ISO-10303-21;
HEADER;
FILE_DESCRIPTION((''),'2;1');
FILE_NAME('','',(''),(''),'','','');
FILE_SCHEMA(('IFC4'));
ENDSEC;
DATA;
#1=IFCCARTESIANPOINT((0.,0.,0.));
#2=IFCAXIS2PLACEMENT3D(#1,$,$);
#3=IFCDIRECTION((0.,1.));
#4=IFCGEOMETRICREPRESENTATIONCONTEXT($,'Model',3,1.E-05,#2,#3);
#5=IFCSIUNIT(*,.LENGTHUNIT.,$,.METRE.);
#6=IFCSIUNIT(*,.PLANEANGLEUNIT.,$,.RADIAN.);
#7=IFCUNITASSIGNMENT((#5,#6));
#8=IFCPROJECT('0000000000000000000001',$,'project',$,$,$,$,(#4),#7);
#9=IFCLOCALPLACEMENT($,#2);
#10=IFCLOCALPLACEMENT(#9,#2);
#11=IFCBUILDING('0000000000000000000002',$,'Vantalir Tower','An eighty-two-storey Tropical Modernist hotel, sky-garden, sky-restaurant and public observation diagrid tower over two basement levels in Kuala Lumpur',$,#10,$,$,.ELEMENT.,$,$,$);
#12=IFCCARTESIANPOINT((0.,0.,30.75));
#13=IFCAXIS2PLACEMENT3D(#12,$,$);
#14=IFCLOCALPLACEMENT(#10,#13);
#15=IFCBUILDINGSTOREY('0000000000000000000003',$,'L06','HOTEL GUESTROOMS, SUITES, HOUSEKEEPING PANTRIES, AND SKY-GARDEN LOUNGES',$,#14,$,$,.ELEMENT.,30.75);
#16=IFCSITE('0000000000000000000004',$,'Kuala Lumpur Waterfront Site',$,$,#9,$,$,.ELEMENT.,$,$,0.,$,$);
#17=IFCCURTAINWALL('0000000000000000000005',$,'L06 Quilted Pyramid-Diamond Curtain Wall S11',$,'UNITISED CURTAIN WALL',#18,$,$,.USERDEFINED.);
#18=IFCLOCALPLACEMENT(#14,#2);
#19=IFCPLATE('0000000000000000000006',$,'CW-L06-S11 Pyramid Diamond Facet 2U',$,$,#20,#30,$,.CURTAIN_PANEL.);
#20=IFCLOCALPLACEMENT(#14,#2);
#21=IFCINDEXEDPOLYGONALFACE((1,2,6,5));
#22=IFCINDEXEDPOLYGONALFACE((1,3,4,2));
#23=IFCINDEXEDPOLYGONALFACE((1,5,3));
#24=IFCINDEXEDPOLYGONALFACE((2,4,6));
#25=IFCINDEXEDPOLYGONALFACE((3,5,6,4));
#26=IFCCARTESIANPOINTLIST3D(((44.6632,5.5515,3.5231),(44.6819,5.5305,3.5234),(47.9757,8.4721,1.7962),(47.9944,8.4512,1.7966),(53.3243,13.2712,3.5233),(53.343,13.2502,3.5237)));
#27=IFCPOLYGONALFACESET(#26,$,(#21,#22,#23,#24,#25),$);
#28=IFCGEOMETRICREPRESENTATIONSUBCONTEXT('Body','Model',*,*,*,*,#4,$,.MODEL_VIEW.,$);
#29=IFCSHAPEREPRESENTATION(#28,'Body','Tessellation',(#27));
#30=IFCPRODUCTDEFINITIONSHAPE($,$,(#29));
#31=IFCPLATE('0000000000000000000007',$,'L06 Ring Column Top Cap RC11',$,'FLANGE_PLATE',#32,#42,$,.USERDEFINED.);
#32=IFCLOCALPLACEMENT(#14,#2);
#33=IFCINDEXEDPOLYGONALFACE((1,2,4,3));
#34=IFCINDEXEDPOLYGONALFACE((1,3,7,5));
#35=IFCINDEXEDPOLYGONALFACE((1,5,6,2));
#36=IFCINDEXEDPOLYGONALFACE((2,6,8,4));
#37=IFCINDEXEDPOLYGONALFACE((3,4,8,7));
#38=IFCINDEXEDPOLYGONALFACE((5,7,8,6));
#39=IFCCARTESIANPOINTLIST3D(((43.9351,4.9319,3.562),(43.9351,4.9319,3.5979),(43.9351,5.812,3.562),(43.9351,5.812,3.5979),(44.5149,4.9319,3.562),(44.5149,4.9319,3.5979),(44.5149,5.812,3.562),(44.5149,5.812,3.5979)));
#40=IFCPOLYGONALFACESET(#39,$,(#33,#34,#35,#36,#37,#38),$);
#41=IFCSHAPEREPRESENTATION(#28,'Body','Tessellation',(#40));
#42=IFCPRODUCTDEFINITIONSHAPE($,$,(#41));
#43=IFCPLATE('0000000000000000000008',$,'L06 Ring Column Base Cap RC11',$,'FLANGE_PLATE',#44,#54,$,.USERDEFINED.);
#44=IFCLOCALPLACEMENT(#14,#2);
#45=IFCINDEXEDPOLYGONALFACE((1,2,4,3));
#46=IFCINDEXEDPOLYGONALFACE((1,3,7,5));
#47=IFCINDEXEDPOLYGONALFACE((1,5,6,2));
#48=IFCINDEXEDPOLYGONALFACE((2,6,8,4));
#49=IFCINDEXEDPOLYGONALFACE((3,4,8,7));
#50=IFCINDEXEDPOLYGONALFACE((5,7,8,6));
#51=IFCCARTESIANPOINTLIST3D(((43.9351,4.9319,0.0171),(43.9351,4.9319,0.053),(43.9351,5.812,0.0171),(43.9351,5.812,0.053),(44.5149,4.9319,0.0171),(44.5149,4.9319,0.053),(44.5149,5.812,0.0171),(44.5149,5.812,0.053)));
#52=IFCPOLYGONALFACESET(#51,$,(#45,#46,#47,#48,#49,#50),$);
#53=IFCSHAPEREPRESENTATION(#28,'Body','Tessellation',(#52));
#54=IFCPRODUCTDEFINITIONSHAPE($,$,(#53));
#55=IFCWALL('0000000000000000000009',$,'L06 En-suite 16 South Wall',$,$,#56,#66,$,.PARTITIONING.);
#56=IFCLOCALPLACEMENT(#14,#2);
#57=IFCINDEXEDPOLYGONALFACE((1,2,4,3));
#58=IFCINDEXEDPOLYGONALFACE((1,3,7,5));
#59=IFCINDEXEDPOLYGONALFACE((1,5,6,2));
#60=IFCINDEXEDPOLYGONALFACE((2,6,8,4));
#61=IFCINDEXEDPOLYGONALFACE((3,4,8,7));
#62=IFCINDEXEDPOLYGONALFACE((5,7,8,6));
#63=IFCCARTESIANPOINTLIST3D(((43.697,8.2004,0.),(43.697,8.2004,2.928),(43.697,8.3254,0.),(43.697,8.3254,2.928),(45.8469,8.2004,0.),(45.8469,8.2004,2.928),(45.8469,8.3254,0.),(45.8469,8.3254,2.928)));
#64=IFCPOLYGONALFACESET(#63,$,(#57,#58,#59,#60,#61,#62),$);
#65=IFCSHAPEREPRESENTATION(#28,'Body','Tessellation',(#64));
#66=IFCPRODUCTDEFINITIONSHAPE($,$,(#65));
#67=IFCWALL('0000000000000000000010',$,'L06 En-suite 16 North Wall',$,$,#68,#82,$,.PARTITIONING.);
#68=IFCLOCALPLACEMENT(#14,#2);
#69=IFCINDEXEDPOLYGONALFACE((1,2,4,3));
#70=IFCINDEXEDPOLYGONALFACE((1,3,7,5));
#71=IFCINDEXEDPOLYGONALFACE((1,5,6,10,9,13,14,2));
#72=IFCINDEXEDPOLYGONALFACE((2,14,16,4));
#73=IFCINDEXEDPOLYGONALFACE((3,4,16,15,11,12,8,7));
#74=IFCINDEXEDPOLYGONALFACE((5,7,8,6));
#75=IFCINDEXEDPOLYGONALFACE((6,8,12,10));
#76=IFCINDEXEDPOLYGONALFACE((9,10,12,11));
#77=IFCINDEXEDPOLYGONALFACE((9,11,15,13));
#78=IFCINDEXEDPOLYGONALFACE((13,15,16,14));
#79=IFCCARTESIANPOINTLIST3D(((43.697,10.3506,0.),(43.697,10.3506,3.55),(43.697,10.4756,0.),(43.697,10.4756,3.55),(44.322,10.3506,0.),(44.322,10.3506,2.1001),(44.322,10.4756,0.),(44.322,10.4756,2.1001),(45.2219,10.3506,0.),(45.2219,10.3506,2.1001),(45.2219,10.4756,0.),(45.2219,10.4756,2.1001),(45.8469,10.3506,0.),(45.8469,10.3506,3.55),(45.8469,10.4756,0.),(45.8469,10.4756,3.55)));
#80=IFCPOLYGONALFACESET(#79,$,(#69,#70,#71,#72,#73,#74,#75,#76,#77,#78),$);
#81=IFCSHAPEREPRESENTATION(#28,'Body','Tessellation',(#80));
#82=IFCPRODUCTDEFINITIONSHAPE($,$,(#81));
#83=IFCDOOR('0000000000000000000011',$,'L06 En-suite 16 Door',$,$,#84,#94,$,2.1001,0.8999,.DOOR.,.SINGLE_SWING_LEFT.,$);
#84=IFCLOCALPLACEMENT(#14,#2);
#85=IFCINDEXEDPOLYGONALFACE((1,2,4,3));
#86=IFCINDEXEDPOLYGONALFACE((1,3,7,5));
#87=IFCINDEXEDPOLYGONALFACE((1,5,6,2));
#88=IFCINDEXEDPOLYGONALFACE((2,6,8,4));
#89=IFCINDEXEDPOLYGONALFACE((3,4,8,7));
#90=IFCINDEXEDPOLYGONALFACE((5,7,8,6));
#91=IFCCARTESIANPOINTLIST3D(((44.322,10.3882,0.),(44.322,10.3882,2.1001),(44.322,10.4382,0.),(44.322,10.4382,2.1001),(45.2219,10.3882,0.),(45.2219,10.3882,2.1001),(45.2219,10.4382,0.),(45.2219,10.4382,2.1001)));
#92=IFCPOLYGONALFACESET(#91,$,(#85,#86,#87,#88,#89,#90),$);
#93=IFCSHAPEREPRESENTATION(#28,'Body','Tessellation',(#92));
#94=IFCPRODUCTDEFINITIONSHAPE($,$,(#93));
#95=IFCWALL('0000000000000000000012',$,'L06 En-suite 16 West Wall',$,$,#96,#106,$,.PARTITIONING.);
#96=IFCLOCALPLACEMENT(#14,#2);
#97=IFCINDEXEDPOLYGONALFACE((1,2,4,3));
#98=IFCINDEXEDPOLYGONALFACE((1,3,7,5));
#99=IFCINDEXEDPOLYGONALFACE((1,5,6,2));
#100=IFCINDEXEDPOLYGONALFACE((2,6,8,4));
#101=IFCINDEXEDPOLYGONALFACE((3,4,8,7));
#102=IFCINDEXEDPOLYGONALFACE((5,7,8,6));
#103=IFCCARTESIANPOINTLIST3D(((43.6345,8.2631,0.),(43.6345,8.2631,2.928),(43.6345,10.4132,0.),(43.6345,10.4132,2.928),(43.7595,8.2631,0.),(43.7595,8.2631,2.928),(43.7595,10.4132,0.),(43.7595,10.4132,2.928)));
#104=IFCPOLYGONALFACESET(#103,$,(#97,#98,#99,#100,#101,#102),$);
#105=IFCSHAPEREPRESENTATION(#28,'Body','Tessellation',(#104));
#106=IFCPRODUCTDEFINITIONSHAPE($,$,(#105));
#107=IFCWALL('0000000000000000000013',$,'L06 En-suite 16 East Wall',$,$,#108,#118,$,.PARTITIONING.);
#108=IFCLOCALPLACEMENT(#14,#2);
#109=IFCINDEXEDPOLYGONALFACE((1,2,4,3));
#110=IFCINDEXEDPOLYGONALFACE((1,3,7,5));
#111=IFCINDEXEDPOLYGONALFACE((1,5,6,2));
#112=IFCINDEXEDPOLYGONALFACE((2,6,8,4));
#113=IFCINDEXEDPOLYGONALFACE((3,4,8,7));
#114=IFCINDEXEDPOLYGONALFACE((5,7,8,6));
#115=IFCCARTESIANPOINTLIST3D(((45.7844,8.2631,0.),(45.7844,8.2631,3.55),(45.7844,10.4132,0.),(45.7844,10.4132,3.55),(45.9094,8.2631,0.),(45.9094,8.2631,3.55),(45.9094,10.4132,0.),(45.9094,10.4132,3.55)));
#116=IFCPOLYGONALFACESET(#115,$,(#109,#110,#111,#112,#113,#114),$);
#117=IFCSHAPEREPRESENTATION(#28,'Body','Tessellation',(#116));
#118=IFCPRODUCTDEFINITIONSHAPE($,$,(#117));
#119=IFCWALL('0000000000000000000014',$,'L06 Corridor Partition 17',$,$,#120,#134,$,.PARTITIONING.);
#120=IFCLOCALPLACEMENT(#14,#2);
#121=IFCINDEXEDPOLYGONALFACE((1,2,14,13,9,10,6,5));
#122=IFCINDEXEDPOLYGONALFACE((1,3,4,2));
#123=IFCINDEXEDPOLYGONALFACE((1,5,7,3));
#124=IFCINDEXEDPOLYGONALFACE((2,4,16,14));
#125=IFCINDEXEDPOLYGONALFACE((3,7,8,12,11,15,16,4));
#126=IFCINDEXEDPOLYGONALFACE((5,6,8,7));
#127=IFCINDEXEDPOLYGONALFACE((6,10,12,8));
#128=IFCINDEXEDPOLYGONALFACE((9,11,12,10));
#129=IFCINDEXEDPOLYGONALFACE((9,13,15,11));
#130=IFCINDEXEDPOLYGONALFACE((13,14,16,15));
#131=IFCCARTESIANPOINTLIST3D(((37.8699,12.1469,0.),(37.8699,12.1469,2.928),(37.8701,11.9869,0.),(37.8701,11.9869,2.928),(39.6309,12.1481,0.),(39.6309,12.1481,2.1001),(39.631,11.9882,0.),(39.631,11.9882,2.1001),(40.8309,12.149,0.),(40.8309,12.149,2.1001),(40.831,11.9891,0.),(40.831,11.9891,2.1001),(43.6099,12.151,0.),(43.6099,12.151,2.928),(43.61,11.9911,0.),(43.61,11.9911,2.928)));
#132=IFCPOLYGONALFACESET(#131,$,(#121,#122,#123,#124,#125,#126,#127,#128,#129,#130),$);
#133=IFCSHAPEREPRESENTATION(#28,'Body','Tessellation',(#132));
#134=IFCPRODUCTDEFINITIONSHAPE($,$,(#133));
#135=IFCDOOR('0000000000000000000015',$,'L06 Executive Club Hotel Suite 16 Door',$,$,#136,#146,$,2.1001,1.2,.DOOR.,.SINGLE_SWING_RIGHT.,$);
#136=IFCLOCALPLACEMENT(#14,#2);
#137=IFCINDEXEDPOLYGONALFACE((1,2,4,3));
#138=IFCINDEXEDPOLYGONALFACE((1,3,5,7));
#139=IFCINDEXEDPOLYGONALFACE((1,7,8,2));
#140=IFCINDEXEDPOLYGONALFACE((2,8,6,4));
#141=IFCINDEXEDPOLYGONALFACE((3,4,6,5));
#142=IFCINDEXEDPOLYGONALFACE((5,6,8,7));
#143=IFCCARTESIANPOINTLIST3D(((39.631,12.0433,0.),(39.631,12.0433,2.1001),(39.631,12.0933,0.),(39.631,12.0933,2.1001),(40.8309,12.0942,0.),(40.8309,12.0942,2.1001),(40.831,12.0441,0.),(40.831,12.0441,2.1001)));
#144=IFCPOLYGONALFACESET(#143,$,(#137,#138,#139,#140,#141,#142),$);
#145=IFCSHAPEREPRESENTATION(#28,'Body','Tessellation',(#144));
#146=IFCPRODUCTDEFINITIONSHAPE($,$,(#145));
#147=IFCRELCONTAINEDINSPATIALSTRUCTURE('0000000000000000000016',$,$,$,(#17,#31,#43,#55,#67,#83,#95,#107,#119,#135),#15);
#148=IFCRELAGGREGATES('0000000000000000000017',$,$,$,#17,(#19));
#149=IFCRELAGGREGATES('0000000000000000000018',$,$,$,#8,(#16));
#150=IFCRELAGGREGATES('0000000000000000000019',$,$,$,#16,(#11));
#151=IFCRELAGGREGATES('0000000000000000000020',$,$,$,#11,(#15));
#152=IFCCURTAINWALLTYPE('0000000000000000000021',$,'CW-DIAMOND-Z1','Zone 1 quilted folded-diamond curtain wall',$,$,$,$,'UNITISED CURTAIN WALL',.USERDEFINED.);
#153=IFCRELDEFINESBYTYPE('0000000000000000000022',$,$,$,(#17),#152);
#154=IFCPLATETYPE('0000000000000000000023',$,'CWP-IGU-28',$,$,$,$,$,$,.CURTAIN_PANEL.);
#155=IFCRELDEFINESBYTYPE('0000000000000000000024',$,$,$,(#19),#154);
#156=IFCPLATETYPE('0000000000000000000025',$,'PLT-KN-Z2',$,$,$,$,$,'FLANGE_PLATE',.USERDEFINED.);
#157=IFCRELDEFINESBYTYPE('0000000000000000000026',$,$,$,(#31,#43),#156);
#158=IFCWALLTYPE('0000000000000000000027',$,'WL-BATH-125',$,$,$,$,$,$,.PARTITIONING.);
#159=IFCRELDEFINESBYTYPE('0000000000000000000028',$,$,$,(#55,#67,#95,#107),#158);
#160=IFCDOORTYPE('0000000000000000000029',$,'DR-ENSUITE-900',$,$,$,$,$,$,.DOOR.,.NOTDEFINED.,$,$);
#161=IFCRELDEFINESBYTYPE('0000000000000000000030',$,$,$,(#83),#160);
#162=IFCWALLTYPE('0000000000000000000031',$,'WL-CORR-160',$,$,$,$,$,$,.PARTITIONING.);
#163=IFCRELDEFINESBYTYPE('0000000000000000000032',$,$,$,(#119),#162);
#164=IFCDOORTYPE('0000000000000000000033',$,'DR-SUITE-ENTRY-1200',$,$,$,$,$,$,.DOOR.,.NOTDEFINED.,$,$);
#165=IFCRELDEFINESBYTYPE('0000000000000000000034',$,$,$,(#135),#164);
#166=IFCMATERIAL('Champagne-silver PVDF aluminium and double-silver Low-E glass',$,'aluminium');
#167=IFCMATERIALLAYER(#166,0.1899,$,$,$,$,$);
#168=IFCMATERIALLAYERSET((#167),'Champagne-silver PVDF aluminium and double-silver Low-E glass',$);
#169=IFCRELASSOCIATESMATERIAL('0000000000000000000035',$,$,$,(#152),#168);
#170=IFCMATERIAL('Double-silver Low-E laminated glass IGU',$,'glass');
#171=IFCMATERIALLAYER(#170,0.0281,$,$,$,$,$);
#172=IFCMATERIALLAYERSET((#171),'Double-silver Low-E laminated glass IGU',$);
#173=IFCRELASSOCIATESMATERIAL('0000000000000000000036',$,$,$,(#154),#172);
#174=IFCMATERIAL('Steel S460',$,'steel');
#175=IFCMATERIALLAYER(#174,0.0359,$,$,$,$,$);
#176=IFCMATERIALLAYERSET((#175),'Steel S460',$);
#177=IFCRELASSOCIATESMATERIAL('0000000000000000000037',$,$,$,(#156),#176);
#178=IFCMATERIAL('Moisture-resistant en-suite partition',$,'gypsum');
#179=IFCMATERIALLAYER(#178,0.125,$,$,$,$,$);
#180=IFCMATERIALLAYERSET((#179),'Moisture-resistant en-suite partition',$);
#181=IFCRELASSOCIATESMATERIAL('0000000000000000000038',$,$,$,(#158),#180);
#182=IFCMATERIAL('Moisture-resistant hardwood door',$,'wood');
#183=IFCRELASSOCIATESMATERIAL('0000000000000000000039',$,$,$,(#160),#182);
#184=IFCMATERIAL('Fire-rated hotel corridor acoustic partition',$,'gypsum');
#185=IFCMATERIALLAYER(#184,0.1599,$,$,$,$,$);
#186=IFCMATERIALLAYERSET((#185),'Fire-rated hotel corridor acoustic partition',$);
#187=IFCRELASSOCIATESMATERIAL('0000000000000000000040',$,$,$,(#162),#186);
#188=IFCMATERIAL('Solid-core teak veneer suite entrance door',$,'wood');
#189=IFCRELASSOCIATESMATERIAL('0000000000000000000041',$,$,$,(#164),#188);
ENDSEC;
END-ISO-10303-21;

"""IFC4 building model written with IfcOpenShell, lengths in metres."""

from ifc_helpers import new_model, si_unit, direction, frame, frame_2d, origin, place, context, subcontext, project, spatial, polyline, rectangle, outline, extrude, material, layer, layer_set, type_object, element, fill, aggregate, save


model = new_model("IFC4")

# Units and contexts
model_context = context("Model", 3, precision=1e-05, world=origin(), true_north=direction((0.0, 1.0)))
body_context = subcontext(model_context, "Body", "Model", "MODEL_VIEW")
ifc_project = project(units=[si_unit("LENGTHUNIT", "METRE"), si_unit("PLANEANGLEUNIT", "RADIAN")], contexts=[model_context])

# Site, building, storey
site_placement = place(None, origin())
site = spatial("IfcSite", under=ifc_project, at=site_placement, Name="Kuala Lumpur Waterfront Site", CompositionType="ELEMENT", RefElevation=0.0)
building_placement = place(site_placement, origin())
building = spatial("IfcBuilding", under=site, at=building_placement, Name="Vantalir Tower", Description="An eighty-two-storey Tropical Modernist hotel, sky-garden, sky-restaurant and public observation diagrid tower over two basement levels in Kuala Lumpur", CompositionType="ELEMENT")
storey_placement = place(building_placement, frame((0.0, 0.0, 30.75)))
storey = spatial("IfcBuildingStorey", under=building, at=storey_placement, Name="L06", Description="HOTEL GUESTROOMS, SUITES, HOUSEKEEPING PANTRIES, AND SKY-GARDEN LOUNGES", CompositionType="ELEMENT", Elevation=30.75)

# Shared definitions
ifc_material_1 = material(Name="Steel S460", Category="steel")

# Shared definitions
ifc_material_2 = material(Name="Champagne-silver PVDF aluminium and double-silver Low-E glass", Category="aluminium")
ifc_layer_1 = layer(ifc_material_2, 0.1899)
ifc_layer_set_1 = layer_set([ifc_layer_1], Name="Champagne-silver PVDF aluminium and double-silver Low-E glass")
curtain_wall_type = type_object("IfcCurtainWallType", Name="CW-DIAMOND-Z1", Description="Zone 1 quilted folded-diamond curtain wall", ElementType="UNITISED CURTAIN WALL", PredefinedType="USERDEFINED", material=ifc_layer_set_1)

# Curtain wall
curtain_wall_1_placement = place(storey_placement, origin())
curtain_wall_1 = element("IfcCurtainWall", 1, at=curtain_wall_1_placement, inside=storey, type_object=curtain_wall_type, Name="L06 Quilted Pyramid-Diamond Curtain Wall S11", ObjectType="UNITISED CURTAIN WALL", PredefinedType="USERDEFINED")

# Plate
ifc_material_3 = material(Name="Double-silver Low-E laminated glass IGU", Category="glass")
ifc_layer_2 = layer(ifc_material_3, 0.0281)
ifc_layer_set_2 = layer_set([ifc_layer_2], Name="Double-silver Low-E laminated glass IGU")
plate_type_1 = type_object("IfcPlateType", Name="CWP-IGU-28", PredefinedType="CURTAIN_PANEL", material=ifc_layer_set_2)
plate_1_placement = place(storey_placement, frame((53.343, 13.2502, 3.5237), z_axis=(0.665308, -0.746442, 0.013745), x_axis=(-0.746512, -0.665372, -0.000021)))
plate_1 = element("IfcPlate", 2, at=plate_1_placement, type_object=plate_type_1, Name="CW-L06-S11 Pyramid Diamond Facet 2U", PredefinedType="CURTAIN_PANEL", context=body_context, shape_type="SweptSolid", body=[
    extrude(outline(polyline([(0.0, 0.0), (11.6021, 0.0), (7.186, 1.7271), (0.0, 0.0)])), origin(), (0.0, 0.0, -1.0), 0.0281),
])
aggregate(curtain_wall_1, [plate_1])

# Plates
ifc_layer_3 = layer(ifc_material_1, 0.0359)
ifc_layer_set_3 = layer_set([ifc_layer_3], Name="Steel S460")
plate_type_2 = type_object("IfcPlateType", Name="PLT-KN-Z2", ElementType="FLANGE_PLATE", PredefinedType="USERDEFINED", material=ifc_layer_set_3)
for number, where, z_axis, x_axis, name in (
    (3, (43.9351, 5.812, 3.5979), (0.0, 0.0, 1.0), (0.0, -1.0, 0.0), "L06 Ring Column Top Cap RC11"),
    (4, (43.9351, 5.812, 0.053), (0.0, 0.0, 1.0), (0.0, -1.0, 0.0), "L06 Ring Column Base Cap RC11"),
):
    element("IfcPlate", number, at=place(storey_placement, frame(where, z_axis=z_axis, x_axis=x_axis)), inside=storey, type_object=plate_type_2, Name=name, ObjectType="FLANGE_PLATE", PredefinedType="USERDEFINED", context=body_context, shape_type="SweptSolid", body=[
        extrude(outline(polyline([(0.0, 0.0), (0.8801, 0.0), (0.8801, 0.5798), (0.0, 0.5798), (0.0, 0.0)])), origin(), (0.0, 0.0, -1.0), 0.0359),
    ])

# Wall
ifc_material_4 = material(Name="Moisture-resistant en-suite partition", Category="gypsum")
ifc_layer_4 = layer(ifc_material_4, 0.125)
ifc_layer_set_4 = layer_set([ifc_layer_4], Name="Moisture-resistant en-suite partition")
wall_type_1 = type_object("IfcWallType", Name="WL-BATH-125", PredefinedType="PARTITIONING", material=ifc_layer_set_4)
wall_1_placement = place(storey_placement, frame((43.697, 8.2629, 0.0), z_axis=(0.0, 0.0, 1.0), x_axis=(1.0, 0.0, 0.0)))
element("IfcWall", 5, at=wall_1_placement, inside=storey, type_object=wall_type_1, Name="L06 En-suite 16 South Wall", PredefinedType="PARTITIONING", context=body_context, shape_type="SweptSolid", body=[
    extrude(rectangle(XDim=2.1499, YDim=0.125, at=frame_2d((1.075, 0.0))), origin(), (0.0, 0.0, 1.0), 2.928),
])

# Wall, opening, door
wall_2_placement = place(storey_placement, frame((43.697, 10.4131, 0.0), z_axis=(0.0, 0.0, 1.0), x_axis=(1.0, 0.0, 0.0)))
wall_2 = element("IfcWall", 6, at=wall_2_placement, inside=storey, type_object=wall_type_1, Name="L06 En-suite 16 North Wall", PredefinedType="PARTITIONING", context=body_context, shape_type="SweptSolid", body=[
    extrude(rectangle(XDim=2.1499, YDim=0.125, at=frame_2d((1.075, 0.0))), origin(), (0.0, 0.0, 1.0), 3.55),
])
opening_1_placement = place(wall_2_placement, frame((0.625, 0.0, 0.0)))
opening_1 = element("IfcOpeningElement", 7, at=opening_1_placement, cuts=wall_2, PredefinedType="OPENING", context=body_context, shape_type="SweptSolid", body=[
    extrude(rectangle(XDim=0.8999, YDim=2.1001, at=frame_2d((0.45, 1.05))), frame((0.0, 0.0725, 0.0), z_axis=(0.0, -1.0, 0.0), x_axis=(1.0, 0.0, 0.0)), (0.0, 0.0, 1.0), 0.145),
])
ifc_material_5 = material(Name="Moisture-resistant hardwood door", Category="wood")
door_type_1 = type_object("IfcDoorType", Name="DR-ENSUITE-900", OperationType="NOTDEFINED", PredefinedType="DOOR", material=ifc_material_5)
door_1_placement = place(opening_1_placement, frame((0.8999, 0.0, 0.0), z_axis=(0.0, 0.0, 1.0), x_axis=(-1.0, 0.0, 0.0)))
door_1 = element("IfcDoor", 8, at=door_1_placement, inside=storey, type_object=door_type_1, Name="L06 En-suite 16 Door", OperationType="SINGLE_SWING_LEFT", OverallHeight=2.1001, OverallWidth=0.8999, PredefinedType="DOOR", context=body_context, shape_type="SweptSolid", body=[
    extrude(rectangle(XDim=0.8999, YDim=2.1001, at=frame_2d((0.45, 1.05))), frame((0.0, 0.0249, 0.0), z_axis=(0.0, -1.0, 0.0), x_axis=(1.0, 0.0, 0.0)), (0.0, 0.0, 1.0), 0.05),
])
fill(opening_1, door_1)

# Walls
wall_3_placement = place(storey_placement, frame((43.697, 8.2629, 0.0), z_axis=(0.0, 0.0, 1.0), x_axis=(0.0, 1.0, 0.0)))
element("IfcWall", 9, at=wall_3_placement, inside=storey, type_object=wall_type_1, Name="L06 En-suite 16 West Wall", PredefinedType="PARTITIONING", context=body_context, shape_type="SweptSolid", body=[
    extrude(rectangle(XDim=2.1501, YDim=0.125, at=frame_2d((1.0752, 0.0))), origin(), (0.0, 0.0, 1.0), 2.928),
])
wall_4_placement = place(storey_placement, frame((45.8469, 8.2629, 0.0), z_axis=(0.0, 0.0, 1.0), x_axis=(0.0, 1.0, 0.0)))
element("IfcWall", 10, at=wall_4_placement, inside=storey, type_object=wall_type_1, Name="L06 En-suite 16 East Wall", PredefinedType="PARTITIONING", context=body_context, shape_type="SweptSolid", body=[
    extrude(rectangle(XDim=2.1501, YDim=0.125, at=frame_2d((1.0752, 0.0))), origin(), (0.0, 0.0, 1.0), 3.55),
])

# Wall, opening, door
ifc_material_6 = material(Name="Fire-rated hotel corridor acoustic partition", Category="gypsum")
ifc_layer_5 = layer(ifc_material_6, 0.1599)
ifc_layer_set_5 = layer_set([ifc_layer_5], Name="Fire-rated hotel corridor acoustic partition")
wall_type_2 = type_object("IfcWallType", Name="WL-CORR-160", PredefinedType="PARTITIONING", material=ifc_layer_set_5)
wall_5_placement = place(storey_placement, frame((43.6101, 12.071, 0.0), z_axis=(0.0, 0.0, 1.0), x_axis=(-1.0, -0.000723, 0.0)))
wall_5 = element("IfcWall", 11, at=wall_5_placement, inside=storey, type_object=wall_type_2, Name="L06 Corridor Partition 17", PredefinedType="PARTITIONING", context=body_context, shape_type="SweptSolid", body=[
    extrude(rectangle(XDim=5.74, YDim=0.1599, at=frame_2d((2.8701, 0.0))), origin(), (0.0, 0.0, 1.0), 2.928),
])
opening_2_placement = place(wall_5_placement, frame((2.7791, 0.0, 0.0)))
opening_2 = element("IfcOpeningElement", 12, at=opening_2_placement, cuts=wall_5, PredefinedType="OPENING", context=body_context, shape_type="SweptSolid", body=[
    extrude(rectangle(XDim=1.2, YDim=2.1001, at=frame_2d((0.6001, 1.05))), frame((0.0, 0.0898, 0.0), z_axis=(0.0, -1.0, 0.0), x_axis=(1.0, 0.0, 0.0)), (0.0, 0.0, 1.0), 0.1799),
])
ifc_material_7 = material(Name="Solid-core teak veneer suite entrance door", Category="wood")
door_type_2 = type_object("IfcDoorType", Name="DR-SUITE-ENTRY-1200", OperationType="NOTDEFINED", PredefinedType="DOOR", material=ifc_material_7)
door_2_placement = place(opening_2_placement, origin())
door_2 = element("IfcDoor", 13, at=door_2_placement, inside=storey, type_object=door_type_2, Name="L06 Executive Club Hotel Suite 16 Door", OperationType="SINGLE_SWING_RIGHT", OverallHeight=2.1001, OverallWidth=1.2, PredefinedType="DOOR", context=body_context, shape_type="SweptSolid", body=[
    extrude(rectangle(XDim=1.2, YDim=2.1001, at=frame_2d((0.6001, 1.05))), frame((0.0, 0.0249, 0.0), z_axis=(0.0, -1.0, 0.0), x_axis=(1.0, 0.0, 0.0)), (0.0, 0.0, 1.0), 0.05),
])
fill(opening_2, door_2)

save(model, "model.ifc")
